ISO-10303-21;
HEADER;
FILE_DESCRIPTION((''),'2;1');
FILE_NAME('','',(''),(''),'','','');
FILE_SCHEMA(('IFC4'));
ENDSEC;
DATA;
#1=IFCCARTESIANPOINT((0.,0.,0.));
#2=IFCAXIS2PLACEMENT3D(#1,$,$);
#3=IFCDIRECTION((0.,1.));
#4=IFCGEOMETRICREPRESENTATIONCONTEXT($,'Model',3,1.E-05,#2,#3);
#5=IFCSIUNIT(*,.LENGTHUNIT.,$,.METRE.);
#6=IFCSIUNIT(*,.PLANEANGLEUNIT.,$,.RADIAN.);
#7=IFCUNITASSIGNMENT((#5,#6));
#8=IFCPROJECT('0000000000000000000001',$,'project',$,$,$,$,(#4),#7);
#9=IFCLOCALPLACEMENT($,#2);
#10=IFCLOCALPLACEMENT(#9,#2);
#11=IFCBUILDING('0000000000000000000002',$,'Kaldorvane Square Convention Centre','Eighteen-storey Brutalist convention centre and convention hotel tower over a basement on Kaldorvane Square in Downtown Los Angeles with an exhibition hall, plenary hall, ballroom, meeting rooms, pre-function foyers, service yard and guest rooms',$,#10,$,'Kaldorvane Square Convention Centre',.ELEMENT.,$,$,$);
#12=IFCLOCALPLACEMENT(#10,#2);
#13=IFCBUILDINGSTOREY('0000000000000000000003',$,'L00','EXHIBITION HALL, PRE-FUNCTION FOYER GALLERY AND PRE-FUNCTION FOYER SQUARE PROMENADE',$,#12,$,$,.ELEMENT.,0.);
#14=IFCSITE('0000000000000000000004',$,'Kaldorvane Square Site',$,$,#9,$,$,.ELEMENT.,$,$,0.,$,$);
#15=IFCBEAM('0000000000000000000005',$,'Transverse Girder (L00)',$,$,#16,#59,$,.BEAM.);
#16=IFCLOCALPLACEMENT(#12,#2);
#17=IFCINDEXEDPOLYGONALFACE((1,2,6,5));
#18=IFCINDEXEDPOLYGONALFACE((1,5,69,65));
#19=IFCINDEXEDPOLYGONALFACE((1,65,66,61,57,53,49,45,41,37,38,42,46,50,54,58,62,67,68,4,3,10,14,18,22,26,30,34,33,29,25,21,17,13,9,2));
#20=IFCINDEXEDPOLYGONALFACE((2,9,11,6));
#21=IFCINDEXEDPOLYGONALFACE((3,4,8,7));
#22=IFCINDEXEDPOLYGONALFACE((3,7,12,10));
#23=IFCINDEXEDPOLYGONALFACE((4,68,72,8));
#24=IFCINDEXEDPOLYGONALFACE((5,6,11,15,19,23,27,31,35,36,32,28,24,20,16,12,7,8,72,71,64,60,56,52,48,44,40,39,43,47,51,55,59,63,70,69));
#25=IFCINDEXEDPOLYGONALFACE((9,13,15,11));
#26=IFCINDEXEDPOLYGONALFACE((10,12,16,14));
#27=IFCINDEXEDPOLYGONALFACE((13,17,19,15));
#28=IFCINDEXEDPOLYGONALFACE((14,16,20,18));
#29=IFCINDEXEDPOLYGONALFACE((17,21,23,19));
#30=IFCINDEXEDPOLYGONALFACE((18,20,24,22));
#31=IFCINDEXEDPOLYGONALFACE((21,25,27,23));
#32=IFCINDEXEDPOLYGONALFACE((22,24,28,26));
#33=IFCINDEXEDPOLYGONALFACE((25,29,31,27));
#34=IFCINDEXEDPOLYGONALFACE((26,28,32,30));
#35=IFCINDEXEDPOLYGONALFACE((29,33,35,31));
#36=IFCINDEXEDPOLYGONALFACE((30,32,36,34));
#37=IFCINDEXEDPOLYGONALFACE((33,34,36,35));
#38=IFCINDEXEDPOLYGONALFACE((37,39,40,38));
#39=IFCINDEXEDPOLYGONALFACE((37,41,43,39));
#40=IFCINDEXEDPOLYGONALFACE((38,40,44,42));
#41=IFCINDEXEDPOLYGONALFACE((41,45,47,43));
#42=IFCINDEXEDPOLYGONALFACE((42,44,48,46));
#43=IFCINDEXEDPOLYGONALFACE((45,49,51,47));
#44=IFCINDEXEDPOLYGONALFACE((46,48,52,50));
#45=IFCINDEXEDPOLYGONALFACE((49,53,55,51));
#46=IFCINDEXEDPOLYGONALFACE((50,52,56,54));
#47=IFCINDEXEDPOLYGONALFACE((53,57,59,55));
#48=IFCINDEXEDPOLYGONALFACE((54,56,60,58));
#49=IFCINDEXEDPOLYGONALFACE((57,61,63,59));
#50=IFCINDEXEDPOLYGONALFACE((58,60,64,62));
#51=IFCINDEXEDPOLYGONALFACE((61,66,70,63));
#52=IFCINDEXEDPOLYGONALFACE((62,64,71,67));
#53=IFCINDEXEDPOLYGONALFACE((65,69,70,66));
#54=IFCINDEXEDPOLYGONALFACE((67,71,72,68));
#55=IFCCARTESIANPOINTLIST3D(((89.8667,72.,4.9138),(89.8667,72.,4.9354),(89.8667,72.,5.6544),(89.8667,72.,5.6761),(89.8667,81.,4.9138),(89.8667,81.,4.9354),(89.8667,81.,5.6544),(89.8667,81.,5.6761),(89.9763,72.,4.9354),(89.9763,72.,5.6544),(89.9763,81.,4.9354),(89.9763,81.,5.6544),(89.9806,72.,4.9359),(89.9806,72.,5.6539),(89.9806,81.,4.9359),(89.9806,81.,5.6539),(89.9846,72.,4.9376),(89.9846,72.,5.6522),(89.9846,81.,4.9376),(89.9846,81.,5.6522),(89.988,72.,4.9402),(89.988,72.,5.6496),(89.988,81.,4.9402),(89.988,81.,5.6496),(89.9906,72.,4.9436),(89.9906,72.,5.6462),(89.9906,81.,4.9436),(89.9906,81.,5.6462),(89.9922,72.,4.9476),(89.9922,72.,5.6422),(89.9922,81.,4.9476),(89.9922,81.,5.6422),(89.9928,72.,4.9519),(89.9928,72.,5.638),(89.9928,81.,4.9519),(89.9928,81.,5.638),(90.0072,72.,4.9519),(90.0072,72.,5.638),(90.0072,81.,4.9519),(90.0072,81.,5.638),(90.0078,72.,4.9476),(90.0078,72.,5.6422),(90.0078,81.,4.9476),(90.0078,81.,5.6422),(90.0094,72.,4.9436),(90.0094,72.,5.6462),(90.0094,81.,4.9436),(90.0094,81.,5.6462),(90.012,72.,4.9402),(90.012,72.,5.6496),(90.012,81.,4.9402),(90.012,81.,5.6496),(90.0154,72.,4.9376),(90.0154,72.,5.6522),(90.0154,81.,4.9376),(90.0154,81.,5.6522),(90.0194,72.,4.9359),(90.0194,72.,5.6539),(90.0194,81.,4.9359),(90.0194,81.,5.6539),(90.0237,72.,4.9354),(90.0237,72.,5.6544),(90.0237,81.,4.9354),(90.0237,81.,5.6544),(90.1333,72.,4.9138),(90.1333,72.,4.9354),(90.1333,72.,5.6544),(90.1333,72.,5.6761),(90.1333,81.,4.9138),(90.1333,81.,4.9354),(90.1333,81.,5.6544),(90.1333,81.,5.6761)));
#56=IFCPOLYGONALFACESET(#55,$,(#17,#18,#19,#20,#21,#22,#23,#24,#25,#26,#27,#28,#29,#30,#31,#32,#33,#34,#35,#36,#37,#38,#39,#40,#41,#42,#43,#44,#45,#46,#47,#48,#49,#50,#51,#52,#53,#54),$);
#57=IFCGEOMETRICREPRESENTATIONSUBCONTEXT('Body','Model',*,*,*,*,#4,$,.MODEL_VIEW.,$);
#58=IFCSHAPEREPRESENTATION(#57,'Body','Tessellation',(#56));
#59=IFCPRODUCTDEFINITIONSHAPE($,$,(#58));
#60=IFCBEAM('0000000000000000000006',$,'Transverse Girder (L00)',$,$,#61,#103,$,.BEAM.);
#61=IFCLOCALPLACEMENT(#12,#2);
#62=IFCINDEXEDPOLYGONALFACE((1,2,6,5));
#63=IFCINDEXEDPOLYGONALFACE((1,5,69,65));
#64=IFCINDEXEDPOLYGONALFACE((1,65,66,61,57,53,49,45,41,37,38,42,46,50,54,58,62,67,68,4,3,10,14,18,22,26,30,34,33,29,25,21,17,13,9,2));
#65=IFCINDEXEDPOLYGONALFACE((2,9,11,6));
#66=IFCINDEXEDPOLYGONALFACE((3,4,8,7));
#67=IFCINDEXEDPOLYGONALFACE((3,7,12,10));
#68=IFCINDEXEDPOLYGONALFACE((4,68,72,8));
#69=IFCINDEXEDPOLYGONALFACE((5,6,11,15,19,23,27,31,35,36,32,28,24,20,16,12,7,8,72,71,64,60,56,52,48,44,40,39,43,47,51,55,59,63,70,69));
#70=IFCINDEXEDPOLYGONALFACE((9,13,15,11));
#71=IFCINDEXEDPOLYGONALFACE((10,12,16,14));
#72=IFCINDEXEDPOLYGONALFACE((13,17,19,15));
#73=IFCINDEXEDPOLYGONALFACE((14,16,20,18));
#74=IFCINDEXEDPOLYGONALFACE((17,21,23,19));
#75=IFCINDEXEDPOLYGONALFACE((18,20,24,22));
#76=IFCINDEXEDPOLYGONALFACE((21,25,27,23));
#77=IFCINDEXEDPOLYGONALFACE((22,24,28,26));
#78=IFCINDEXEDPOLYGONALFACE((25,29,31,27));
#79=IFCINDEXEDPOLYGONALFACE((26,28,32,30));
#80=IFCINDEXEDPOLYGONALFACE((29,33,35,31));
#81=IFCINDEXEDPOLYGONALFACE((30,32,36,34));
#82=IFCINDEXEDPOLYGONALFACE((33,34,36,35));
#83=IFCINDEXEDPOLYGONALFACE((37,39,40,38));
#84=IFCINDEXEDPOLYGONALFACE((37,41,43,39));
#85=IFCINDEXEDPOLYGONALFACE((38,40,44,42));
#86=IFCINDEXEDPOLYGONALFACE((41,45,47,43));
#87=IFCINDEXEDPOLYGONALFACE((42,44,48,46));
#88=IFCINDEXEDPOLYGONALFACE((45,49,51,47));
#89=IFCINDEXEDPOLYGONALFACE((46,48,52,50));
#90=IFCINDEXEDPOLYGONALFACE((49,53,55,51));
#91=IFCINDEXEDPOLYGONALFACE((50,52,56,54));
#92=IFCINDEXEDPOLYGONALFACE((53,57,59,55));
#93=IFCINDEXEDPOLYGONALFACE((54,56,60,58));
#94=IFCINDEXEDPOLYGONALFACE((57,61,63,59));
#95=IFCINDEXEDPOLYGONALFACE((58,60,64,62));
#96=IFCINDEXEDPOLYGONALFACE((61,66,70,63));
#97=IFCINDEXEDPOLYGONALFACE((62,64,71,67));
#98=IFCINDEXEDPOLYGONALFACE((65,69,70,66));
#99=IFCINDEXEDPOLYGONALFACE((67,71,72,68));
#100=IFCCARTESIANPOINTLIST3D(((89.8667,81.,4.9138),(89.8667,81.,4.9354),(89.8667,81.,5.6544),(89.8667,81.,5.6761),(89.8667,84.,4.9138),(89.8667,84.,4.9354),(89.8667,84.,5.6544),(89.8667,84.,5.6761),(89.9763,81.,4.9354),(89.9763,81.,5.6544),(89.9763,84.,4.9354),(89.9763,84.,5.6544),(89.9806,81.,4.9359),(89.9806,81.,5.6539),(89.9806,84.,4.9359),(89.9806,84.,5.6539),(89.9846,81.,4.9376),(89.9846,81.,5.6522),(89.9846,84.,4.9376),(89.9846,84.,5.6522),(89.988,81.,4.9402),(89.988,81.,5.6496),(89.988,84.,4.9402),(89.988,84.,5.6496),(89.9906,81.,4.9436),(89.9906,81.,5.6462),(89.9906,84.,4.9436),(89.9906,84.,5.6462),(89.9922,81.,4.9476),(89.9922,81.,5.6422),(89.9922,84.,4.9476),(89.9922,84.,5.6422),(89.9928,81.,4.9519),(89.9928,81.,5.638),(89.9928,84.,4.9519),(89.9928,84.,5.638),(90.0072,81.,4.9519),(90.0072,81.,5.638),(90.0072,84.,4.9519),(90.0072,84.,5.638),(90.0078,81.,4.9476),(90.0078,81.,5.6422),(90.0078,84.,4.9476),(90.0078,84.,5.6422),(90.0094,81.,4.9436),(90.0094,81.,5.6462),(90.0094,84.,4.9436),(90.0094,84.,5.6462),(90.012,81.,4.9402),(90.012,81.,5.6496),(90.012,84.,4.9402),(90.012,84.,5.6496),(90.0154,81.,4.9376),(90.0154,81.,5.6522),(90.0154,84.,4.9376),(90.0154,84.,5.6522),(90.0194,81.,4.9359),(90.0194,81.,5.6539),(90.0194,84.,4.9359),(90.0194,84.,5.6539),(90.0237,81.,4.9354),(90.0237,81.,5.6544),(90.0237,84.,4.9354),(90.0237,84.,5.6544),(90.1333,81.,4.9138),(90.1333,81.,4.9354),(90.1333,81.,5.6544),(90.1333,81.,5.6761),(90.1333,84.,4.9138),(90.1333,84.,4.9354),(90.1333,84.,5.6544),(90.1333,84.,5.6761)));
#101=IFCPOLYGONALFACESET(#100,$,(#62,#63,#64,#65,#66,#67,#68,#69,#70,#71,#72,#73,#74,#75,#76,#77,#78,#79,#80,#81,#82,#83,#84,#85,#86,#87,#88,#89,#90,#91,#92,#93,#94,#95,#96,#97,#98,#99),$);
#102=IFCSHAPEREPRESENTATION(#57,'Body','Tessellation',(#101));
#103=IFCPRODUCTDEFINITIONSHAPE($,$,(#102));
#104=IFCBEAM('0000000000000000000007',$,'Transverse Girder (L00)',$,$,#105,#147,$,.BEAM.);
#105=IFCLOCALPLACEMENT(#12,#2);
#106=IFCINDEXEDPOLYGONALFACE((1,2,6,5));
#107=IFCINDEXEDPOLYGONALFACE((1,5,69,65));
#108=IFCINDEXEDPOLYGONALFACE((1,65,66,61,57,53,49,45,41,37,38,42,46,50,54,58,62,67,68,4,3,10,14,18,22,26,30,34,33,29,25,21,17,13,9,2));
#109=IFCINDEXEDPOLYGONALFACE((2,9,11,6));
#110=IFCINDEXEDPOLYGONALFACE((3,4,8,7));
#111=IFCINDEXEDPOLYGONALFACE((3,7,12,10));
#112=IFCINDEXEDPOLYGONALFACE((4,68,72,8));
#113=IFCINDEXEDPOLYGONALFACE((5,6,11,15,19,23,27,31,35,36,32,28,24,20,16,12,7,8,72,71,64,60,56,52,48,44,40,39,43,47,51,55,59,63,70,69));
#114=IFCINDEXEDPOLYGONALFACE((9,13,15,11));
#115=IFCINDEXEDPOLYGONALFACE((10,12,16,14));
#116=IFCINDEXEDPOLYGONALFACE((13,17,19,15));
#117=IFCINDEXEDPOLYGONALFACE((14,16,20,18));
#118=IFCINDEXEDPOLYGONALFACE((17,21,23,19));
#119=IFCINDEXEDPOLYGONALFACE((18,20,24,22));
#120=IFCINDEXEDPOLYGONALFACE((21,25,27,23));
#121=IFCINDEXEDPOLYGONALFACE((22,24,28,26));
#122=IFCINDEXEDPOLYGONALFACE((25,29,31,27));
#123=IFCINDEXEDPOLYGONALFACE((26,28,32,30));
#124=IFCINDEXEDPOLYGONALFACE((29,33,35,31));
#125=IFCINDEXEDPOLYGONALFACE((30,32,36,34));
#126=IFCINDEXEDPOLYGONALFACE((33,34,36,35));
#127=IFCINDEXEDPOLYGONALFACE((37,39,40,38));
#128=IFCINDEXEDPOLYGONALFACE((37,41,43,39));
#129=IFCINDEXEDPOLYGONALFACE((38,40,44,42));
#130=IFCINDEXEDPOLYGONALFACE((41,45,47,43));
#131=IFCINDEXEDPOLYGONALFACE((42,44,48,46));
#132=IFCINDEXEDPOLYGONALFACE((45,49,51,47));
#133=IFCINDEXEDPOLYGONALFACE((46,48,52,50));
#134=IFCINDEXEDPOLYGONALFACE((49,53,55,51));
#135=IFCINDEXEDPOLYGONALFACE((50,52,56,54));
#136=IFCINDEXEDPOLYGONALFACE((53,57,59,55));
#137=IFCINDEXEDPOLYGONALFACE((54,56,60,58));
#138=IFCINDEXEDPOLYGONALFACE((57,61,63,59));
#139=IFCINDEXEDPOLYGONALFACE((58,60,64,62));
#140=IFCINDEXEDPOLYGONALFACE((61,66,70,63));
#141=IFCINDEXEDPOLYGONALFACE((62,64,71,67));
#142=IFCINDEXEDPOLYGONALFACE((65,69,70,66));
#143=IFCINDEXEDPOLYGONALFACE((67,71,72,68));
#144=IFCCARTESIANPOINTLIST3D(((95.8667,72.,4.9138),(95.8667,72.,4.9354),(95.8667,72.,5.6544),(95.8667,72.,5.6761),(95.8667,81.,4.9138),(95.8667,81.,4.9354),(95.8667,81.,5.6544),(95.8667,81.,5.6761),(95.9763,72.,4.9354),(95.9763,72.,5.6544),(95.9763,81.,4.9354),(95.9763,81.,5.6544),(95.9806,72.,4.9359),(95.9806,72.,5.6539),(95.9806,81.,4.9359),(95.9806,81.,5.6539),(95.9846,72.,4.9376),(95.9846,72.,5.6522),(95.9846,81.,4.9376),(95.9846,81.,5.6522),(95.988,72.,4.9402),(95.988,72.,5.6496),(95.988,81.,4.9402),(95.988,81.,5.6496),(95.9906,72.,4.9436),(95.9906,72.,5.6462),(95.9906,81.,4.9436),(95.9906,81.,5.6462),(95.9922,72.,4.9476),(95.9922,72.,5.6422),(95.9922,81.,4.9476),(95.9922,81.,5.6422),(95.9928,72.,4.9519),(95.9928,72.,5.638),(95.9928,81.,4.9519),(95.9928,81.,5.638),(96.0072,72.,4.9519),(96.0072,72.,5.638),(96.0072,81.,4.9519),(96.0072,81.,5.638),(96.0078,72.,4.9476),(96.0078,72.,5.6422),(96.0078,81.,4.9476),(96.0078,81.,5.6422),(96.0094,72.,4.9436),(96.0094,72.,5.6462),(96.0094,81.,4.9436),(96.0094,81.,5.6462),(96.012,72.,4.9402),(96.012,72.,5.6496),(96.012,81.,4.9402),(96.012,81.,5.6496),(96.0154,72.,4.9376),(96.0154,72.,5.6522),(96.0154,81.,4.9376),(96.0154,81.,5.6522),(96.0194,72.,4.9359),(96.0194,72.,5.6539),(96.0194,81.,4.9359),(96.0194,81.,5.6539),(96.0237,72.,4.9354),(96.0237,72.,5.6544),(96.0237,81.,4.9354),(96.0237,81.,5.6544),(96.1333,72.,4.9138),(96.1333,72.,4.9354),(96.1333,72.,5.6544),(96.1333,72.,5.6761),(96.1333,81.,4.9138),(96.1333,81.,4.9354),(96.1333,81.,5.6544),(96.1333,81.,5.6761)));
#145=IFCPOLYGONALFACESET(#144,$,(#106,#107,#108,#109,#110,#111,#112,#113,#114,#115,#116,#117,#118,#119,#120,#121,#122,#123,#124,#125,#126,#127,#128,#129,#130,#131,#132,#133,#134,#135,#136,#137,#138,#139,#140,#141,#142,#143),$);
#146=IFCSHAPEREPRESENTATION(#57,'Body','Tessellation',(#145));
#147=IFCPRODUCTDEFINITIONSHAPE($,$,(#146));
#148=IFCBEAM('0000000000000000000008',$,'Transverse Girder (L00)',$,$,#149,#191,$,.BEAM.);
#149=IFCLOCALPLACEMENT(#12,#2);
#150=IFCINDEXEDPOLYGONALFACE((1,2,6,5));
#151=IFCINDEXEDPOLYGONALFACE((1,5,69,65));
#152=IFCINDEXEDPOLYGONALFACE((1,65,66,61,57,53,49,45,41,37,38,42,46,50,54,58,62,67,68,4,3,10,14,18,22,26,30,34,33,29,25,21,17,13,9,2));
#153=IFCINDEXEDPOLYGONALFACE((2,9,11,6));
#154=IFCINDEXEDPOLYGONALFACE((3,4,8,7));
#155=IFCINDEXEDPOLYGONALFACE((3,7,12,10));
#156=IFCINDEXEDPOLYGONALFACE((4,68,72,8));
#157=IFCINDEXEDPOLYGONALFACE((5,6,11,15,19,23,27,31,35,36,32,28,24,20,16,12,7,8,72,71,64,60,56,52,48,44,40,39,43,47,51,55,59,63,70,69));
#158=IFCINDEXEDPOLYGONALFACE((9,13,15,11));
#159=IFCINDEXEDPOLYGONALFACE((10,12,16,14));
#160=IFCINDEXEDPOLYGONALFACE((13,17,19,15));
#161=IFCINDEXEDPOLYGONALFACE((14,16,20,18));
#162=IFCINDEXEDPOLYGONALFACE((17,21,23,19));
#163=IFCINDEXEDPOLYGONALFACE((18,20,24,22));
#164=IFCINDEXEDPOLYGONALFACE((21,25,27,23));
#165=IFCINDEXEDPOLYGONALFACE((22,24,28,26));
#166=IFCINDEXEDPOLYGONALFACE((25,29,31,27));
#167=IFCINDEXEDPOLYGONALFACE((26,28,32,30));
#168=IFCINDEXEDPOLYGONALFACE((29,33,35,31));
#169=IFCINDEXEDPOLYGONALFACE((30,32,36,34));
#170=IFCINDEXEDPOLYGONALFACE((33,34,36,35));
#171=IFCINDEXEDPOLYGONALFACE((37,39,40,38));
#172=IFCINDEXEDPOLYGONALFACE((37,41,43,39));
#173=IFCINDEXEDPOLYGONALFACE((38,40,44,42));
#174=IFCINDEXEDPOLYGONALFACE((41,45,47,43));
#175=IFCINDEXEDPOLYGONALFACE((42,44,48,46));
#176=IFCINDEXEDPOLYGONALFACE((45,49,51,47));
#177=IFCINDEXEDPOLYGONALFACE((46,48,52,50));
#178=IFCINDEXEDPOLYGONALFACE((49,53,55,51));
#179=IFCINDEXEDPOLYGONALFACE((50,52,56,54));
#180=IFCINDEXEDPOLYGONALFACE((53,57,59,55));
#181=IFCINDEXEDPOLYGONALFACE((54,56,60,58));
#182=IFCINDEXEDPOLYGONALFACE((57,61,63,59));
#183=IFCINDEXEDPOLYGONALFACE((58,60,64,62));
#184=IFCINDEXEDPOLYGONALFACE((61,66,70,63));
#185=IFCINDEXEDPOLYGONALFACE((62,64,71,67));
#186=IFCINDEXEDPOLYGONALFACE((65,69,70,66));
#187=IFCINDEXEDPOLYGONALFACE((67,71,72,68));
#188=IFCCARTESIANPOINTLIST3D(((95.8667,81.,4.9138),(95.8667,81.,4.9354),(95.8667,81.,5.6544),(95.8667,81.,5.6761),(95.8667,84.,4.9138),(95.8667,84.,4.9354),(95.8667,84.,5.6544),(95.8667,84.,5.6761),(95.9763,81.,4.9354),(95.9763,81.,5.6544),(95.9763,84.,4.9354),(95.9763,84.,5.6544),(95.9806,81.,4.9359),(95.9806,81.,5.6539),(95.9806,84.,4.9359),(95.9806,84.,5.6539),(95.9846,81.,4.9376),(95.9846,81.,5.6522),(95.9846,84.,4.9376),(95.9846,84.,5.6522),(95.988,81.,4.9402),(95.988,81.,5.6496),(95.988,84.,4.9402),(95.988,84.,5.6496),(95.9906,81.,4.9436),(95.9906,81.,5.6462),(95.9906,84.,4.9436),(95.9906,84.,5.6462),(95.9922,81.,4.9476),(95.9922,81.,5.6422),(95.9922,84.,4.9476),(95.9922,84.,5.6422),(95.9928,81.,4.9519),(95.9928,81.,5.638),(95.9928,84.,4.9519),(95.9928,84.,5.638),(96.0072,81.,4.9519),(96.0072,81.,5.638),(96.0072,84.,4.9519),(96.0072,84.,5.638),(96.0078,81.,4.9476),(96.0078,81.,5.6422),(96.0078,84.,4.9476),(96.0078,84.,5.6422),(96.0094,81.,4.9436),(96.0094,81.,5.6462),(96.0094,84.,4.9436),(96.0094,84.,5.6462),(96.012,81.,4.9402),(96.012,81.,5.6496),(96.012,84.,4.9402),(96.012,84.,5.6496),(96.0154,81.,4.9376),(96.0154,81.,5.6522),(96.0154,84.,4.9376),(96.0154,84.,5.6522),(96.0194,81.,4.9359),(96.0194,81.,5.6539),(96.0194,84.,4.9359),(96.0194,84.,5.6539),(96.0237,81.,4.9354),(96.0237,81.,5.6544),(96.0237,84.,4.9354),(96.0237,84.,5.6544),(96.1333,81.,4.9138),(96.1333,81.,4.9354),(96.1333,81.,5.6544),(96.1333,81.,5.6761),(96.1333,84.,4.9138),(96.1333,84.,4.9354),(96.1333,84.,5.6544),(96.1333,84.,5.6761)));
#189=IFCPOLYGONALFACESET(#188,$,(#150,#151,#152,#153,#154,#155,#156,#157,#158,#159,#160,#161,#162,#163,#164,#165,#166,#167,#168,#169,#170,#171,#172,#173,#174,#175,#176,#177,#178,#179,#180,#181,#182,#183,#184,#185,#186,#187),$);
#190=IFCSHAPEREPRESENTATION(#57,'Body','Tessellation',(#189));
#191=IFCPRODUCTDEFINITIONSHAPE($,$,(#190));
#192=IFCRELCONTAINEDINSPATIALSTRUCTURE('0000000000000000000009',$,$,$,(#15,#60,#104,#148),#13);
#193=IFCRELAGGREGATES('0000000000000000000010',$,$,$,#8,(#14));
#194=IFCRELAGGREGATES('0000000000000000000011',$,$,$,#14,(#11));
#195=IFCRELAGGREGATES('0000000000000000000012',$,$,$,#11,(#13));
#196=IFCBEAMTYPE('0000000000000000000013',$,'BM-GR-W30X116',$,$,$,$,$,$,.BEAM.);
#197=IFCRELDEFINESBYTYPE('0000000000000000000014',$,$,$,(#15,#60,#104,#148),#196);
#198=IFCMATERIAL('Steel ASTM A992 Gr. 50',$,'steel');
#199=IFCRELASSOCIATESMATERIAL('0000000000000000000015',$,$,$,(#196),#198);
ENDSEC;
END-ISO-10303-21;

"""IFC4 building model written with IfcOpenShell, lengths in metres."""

from ifc_helpers import new_model, si_unit, direction, frame, origin, origin_2d, place, context, subcontext, project, spatial, i_section, extrude, material, material_profile, profile_set, type_object, element, save


model = new_model("IFC4")

# Units and contexts
model_context = context("Model", 3, precision=1e-05, world=origin(), true_north=direction((0.0, 1.0)))
body_context = subcontext(model_context, "Body", "Model", "MODEL_VIEW")
ifc_project = project(units=[si_unit("LENGTHUNIT", "METRE"), si_unit("PLANEANGLEUNIT", "RADIAN")], contexts=[model_context])

# Site, building, storey
site_placement = place(None, origin())
site = spatial("IfcSite", under=ifc_project, at=site_placement, Name="Kaldorvane Square Site", CompositionType="ELEMENT", RefElevation=0.0)
building_placement = place(site_placement, origin())
building = spatial("IfcBuilding", under=site, at=building_placement, Name="Kaldorvane Square Convention Centre", Description="Eighteen-storey Brutalist convention centre and convention hotel tower over a basement on Kaldorvane Square in Downtown Los Angeles with an exhibition hall, plenary hall, ballroom, meeting rooms, pre-function foyers, service yard and guest rooms", LongName="Kaldorvane Square Convention Centre", CompositionType="ELEMENT")
storey_placement = place(building_placement, origin())
storey = spatial("IfcBuildingStorey", under=building, at=storey_placement, Name="L00", Description="EXHIBITION HALL, PRE-FUNCTION FOYER GALLERY AND PRE-FUNCTION FOYER SQUARE PROMENADE", CompositionType="ELEMENT", Elevation=0.0)

# Shared definitions
ifc_material_1 = material(Name="Steel ASTM A992 Gr. 50", Category="steel")

# Beams
ifc_material_profile_1 = material_profile(ifc_material_1, i_section(OverallWidth=0.2666, OverallDepth=0.7623, WebThickness=0.0144, FlangeThickness=0.0216, FilletRadius=0.0165, at=origin_2d()), Name="W30X116")
ifc_profile_set_1 = profile_set([ifc_material_profile_1], Name="Steel ASTM A992 Gr. 50")
beam_type_1 = type_object("IfcBeamType", Name="BM-GR-W30X116", PredefinedType="BEAM", material=ifc_profile_set_1)
beam_1_placement = place(storey_placement, frame((90.0, 72.0, 5.2949), z_axis=(0.0, 1.0, 0.0), x_axis=(-1.0, 0.0, 0.0)))
element("IfcBeam", 1, at=beam_1_placement, inside=storey, type_object=beam_type_1, Name="Transverse Girder (L00)", PredefinedType="BEAM", context=body_context, shape_type="SweptSolid", body=[
    extrude(i_section(OverallWidth=0.2666, OverallDepth=0.7623, WebThickness=0.0144, FlangeThickness=0.0216, FilletRadius=0.0165, at=origin_2d()), origin(), (0.0, 0.0, 1.0), 9.0),
])
beam_2_placement = place(storey_placement, frame((90.0, 81.0, 5.2949), z_axis=(0.0, 1.0, 0.0), x_axis=(-1.0, 0.0, 0.0)))
element("IfcBeam", 2, at=beam_2_placement, inside=storey, type_object=beam_type_1, Name="Transverse Girder (L00)", PredefinedType="BEAM", context=body_context, shape_type="SweptSolid", body=[
    extrude(i_section(OverallWidth=0.2666, OverallDepth=0.7623, WebThickness=0.0144, FlangeThickness=0.0216, FilletRadius=0.0165, at=origin_2d()), origin(), (0.0, 0.0, 1.0), 3.0),
])
beam_3_placement = place(storey_placement, frame((96.0, 72.0, 5.2949), z_axis=(0.0, 1.0, 0.0), x_axis=(-1.0, 0.0, 0.0)))
element("IfcBeam", 3, at=beam_3_placement, inside=storey, type_object=beam_type_1, Name="Transverse Girder (L00)", PredefinedType="BEAM", context=body_context, shape_type="SweptSolid", body=[
    extrude(i_section(OverallWidth=0.2666, OverallDepth=0.7623, WebThickness=0.0144, FlangeThickness=0.0216, FilletRadius=0.0165, at=origin_2d()), origin(), (0.0, 0.0, 1.0), 9.0),
])
beam_4_placement = place(storey_placement, frame((96.0, 81.0, 5.2949), z_axis=(0.0, 1.0, 0.0), x_axis=(-1.0, 0.0, 0.0)))
element("IfcBeam", 4, at=beam_4_placement, inside=storey, type_object=beam_type_1, Name="Transverse Girder (L00)", PredefinedType="BEAM", context=body_context, shape_type="SweptSolid", body=[
    extrude(i_section(OverallWidth=0.2666, OverallDepth=0.7623, WebThickness=0.0144, FlangeThickness=0.0216, FilletRadius=0.0165, at=origin_2d()), origin(), (0.0, 0.0, 1.0), 3.0),
])

save(model, "model.ifc")
